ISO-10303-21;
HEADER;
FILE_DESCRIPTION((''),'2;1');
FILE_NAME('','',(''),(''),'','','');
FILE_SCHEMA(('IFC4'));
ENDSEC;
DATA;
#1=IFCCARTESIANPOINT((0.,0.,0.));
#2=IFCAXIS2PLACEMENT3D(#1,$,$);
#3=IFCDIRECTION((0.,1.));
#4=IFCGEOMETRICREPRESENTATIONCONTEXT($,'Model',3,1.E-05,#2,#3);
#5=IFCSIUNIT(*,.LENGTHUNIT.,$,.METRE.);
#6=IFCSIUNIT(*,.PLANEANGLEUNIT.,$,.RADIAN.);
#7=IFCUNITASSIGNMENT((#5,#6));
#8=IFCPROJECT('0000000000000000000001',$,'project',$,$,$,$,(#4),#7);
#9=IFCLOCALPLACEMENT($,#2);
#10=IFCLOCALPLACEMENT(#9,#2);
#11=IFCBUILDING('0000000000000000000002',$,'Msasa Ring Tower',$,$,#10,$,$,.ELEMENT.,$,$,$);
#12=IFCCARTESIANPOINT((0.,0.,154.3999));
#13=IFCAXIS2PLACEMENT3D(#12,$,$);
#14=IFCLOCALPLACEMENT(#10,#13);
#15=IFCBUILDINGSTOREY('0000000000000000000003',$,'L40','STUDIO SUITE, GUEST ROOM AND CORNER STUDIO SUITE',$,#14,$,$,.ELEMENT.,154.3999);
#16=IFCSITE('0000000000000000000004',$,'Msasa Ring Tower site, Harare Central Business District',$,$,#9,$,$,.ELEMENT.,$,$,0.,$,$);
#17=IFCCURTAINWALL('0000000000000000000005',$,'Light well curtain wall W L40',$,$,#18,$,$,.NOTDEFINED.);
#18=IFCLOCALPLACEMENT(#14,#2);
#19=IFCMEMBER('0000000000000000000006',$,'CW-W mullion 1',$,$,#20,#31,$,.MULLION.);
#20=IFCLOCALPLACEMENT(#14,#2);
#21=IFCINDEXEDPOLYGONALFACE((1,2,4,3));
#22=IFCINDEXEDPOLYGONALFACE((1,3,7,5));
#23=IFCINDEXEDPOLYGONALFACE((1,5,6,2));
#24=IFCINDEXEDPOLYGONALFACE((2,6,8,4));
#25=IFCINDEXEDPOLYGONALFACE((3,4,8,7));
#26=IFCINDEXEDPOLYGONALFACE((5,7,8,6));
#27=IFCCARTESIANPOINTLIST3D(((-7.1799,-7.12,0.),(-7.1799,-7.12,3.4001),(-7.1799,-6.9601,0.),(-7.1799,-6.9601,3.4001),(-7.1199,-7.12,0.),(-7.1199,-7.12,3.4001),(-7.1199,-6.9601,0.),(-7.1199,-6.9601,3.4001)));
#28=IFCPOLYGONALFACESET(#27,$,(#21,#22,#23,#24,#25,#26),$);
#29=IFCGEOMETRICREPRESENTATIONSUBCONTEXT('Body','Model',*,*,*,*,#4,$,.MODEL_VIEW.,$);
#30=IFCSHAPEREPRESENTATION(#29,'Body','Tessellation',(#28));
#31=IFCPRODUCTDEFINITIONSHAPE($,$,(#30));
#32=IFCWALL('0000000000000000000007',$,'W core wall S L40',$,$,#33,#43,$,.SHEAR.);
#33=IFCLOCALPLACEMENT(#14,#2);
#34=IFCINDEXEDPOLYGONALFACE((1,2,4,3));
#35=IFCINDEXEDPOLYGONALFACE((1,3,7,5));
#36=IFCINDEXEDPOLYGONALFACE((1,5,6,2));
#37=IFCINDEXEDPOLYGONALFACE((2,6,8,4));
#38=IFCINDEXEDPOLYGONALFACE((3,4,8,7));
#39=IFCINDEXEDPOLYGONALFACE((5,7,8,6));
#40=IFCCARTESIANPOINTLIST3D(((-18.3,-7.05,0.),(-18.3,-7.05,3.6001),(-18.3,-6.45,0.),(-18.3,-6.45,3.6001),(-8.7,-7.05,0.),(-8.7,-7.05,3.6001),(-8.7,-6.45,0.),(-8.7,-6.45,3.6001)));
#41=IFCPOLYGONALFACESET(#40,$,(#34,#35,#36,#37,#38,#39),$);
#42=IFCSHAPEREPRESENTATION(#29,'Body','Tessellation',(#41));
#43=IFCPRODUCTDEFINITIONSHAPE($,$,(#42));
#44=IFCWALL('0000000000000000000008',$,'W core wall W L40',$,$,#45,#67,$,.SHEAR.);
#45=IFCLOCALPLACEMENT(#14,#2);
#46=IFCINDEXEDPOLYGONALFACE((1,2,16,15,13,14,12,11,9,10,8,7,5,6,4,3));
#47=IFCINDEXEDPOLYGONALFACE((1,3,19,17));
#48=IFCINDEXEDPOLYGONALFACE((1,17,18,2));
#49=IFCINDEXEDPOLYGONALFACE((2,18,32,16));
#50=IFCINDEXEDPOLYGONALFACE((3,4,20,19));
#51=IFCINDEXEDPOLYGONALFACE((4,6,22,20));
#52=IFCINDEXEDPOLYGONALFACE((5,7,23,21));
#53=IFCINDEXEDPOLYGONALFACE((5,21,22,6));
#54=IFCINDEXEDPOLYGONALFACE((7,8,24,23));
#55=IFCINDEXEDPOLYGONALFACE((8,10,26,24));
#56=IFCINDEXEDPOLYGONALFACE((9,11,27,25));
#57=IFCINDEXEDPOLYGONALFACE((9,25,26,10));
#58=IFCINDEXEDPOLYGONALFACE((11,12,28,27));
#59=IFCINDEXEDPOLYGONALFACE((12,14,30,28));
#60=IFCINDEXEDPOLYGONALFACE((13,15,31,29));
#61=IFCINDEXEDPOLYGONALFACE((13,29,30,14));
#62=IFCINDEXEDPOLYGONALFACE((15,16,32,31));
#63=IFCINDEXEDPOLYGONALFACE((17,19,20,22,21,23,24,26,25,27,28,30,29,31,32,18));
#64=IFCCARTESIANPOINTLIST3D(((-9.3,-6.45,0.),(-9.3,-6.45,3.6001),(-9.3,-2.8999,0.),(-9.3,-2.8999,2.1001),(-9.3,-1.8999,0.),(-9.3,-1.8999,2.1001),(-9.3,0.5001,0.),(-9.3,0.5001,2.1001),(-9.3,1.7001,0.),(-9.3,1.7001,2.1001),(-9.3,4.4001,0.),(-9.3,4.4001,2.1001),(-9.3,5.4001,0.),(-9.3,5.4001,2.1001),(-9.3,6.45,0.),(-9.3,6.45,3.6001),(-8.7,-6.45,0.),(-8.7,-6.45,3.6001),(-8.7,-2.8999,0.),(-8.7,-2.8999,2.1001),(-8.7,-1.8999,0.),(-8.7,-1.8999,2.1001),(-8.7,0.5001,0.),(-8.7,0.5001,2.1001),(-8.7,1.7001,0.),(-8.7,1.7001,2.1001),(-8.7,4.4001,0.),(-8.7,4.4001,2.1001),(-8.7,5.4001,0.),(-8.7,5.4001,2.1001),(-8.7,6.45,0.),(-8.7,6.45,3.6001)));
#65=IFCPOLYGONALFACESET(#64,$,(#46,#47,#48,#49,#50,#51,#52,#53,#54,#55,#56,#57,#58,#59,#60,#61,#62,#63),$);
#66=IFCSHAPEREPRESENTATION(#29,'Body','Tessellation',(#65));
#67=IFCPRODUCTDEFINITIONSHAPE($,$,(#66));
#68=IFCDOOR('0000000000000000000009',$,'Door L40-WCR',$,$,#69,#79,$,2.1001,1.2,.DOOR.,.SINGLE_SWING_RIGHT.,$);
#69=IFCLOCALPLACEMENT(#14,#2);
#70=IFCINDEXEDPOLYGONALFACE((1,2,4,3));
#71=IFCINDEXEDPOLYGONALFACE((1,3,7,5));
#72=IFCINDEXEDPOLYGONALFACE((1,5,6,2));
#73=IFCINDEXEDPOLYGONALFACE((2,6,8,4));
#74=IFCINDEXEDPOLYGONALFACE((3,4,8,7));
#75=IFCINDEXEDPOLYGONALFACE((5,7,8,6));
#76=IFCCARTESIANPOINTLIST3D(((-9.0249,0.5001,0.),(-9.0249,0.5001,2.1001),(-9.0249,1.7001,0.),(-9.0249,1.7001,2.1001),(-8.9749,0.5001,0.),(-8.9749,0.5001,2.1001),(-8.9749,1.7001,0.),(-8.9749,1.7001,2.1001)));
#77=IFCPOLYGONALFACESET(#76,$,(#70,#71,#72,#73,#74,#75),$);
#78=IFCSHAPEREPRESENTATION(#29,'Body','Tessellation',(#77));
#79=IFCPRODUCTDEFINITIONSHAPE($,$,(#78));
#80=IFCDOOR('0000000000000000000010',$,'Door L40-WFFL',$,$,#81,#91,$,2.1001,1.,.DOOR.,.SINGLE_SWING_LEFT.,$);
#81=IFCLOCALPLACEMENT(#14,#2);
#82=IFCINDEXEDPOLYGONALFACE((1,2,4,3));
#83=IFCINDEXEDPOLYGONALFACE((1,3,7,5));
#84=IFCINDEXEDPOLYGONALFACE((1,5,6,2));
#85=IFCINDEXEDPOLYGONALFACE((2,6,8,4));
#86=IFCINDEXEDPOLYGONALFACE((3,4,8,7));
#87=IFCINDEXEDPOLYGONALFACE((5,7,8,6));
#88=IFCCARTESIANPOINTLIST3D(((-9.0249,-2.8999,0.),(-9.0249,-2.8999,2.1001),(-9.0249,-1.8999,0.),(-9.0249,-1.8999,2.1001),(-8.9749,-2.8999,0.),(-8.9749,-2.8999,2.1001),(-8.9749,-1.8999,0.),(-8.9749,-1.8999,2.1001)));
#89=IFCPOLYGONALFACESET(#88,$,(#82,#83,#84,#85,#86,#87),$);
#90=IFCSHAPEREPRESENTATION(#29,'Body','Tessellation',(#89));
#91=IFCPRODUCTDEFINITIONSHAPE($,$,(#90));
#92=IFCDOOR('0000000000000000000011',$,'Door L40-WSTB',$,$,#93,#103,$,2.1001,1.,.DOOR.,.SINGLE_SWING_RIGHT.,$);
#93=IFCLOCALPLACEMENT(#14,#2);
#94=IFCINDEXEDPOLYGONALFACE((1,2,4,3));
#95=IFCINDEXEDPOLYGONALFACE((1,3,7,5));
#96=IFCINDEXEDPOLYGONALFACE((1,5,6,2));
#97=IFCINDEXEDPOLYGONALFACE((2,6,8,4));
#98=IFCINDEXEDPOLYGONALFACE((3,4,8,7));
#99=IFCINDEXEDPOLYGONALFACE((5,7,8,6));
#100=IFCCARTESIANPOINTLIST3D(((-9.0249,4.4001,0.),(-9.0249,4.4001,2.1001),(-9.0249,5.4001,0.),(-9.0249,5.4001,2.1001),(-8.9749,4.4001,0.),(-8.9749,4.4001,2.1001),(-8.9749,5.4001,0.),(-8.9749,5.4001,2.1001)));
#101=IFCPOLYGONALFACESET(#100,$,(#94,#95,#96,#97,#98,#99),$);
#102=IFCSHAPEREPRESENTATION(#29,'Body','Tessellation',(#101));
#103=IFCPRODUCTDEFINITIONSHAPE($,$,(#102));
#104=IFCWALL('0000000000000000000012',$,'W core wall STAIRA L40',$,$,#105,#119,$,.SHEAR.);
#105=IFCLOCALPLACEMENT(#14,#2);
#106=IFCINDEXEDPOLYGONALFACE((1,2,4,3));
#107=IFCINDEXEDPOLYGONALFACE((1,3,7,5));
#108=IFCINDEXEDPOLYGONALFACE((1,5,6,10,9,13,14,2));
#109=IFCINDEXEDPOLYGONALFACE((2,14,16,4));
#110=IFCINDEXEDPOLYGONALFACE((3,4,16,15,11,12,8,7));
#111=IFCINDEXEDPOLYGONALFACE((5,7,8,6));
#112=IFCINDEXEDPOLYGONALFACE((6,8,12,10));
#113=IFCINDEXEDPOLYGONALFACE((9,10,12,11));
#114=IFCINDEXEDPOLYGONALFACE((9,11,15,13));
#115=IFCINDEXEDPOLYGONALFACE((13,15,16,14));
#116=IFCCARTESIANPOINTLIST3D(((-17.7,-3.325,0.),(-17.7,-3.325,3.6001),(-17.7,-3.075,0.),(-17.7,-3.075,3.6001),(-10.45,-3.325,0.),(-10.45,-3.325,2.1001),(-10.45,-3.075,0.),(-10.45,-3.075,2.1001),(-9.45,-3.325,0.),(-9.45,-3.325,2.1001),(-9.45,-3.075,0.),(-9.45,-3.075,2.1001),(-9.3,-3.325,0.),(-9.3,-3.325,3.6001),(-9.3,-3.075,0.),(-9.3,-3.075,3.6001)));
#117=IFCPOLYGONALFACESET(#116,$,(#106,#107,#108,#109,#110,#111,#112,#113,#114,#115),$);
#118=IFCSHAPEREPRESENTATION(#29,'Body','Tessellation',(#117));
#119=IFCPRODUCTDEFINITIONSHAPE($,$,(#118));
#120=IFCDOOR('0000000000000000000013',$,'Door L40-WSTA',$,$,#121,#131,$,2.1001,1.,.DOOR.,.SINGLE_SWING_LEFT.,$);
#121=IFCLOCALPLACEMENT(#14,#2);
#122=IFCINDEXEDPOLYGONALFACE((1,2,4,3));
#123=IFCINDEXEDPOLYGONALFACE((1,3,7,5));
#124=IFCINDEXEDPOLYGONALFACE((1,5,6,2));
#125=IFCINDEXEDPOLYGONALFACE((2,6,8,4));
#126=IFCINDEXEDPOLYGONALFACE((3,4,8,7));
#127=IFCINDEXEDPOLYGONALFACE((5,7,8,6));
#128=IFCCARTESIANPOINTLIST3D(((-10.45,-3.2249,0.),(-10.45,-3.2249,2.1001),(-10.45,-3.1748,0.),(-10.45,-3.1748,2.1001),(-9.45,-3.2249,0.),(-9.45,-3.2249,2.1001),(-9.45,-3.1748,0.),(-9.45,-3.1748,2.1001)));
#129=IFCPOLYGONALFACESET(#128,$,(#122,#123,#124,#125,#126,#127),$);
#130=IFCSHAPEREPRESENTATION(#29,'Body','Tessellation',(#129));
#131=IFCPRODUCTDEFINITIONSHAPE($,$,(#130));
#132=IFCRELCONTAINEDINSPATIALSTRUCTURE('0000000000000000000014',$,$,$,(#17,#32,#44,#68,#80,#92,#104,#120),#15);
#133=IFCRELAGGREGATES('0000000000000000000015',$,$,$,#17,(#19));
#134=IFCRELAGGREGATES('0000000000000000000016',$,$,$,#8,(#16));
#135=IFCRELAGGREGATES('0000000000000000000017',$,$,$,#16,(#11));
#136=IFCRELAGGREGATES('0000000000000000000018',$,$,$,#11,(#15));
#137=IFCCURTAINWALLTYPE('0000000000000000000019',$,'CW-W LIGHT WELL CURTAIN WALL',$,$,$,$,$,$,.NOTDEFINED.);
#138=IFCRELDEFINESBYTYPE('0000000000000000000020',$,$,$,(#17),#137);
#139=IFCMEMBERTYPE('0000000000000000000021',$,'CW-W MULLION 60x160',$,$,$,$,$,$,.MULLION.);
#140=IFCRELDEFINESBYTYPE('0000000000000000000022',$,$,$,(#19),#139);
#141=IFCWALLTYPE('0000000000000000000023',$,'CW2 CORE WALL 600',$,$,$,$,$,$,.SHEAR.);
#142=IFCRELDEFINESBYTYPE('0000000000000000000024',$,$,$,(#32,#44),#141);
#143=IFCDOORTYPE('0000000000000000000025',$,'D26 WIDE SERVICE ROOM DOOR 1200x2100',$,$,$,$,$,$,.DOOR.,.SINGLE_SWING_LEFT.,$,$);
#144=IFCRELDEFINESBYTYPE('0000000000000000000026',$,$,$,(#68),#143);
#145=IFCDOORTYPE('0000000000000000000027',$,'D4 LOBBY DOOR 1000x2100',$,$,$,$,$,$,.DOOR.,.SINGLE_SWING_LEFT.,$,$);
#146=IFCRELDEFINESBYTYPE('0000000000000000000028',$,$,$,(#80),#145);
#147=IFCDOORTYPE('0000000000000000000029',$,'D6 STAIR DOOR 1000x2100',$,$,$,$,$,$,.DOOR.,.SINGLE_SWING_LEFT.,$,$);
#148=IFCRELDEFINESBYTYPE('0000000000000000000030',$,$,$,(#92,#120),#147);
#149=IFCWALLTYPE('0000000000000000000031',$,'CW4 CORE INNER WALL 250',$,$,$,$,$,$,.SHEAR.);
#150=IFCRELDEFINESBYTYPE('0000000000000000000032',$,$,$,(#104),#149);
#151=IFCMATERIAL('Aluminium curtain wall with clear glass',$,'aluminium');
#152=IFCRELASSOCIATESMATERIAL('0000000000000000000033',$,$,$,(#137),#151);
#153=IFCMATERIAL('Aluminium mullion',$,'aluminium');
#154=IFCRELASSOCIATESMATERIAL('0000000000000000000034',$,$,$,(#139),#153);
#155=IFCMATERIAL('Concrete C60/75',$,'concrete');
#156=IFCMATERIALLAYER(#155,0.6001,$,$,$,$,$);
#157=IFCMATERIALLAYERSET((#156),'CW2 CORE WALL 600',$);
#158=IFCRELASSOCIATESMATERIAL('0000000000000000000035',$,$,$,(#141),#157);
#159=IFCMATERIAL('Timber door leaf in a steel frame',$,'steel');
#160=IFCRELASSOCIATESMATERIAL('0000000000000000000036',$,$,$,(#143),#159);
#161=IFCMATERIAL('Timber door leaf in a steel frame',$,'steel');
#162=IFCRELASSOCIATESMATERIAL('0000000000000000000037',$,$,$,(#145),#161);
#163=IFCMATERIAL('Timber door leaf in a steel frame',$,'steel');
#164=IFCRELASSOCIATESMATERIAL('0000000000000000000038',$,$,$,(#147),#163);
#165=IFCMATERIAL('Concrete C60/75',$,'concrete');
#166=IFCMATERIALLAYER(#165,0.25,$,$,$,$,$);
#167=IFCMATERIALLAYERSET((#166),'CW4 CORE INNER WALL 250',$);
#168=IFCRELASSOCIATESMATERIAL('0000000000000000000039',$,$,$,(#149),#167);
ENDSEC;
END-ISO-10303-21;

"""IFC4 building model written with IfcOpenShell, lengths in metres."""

from ifc_helpers import new_model, si_unit, direction, frame, frame_2d, origin, origin_2d, place, context, subcontext, project, spatial, rectangle, extrude, material, layer, layer_set, material_profile, profile_set, type_object, element, fill, aggregate, save


model = new_model("IFC4")

# Units and contexts
model_context = context("Model", 3, precision=1e-05, world=origin(), true_north=direction((0.0, 1.0)))
body_context = subcontext(model_context, "Body", "Model", "MODEL_VIEW")
ifc_project = project(units=[si_unit("LENGTHUNIT", "METRE"), si_unit("PLANEANGLEUNIT", "RADIAN")], contexts=[model_context])

# Site, building, storey
site_placement = place(None, origin())
site = spatial("IfcSite", under=ifc_project, at=site_placement, Name="Msasa Ring Tower site, Harare Central Business District", CompositionType="ELEMENT", RefElevation=0.0)
building_placement = place(site_placement, origin())
building = spatial("IfcBuilding", under=site, at=building_placement, Name="Msasa Ring Tower", CompositionType="ELEMENT")
storey_placement = place(building_placement, frame((0.0, 0.0, 154.3999)))
storey = spatial("IfcBuildingStorey", under=building, at=storey_placement, Name="L40", Description="STUDIO SUITE, GUEST ROOM AND CORNER STUDIO SUITE", CompositionType="ELEMENT", Elevation=154.3999)

# Curtain wall, member
ifc_material_1 = material(Name="Aluminium curtain wall with clear glass", Category="aluminium")
curtain_wall_type = type_object("IfcCurtainWallType", Name="CW-W LIGHT WELL CURTAIN WALL", PredefinedType="NOTDEFINED", material=ifc_material_1)
curtain_wall_placement = place(storey_placement, origin())
curtain_wall = element("IfcCurtainWall", 1, at=curtain_wall_placement, inside=storey, type_object=curtain_wall_type, Name="Light well curtain wall W L40", PredefinedType="NOTDEFINED")
ifc_material_2 = material(Name="Aluminium mullion", Category="aluminium")
ifc_material_profile = material_profile(ifc_material_2, rectangle(XDim=0.0601, YDim=0.1599, at=origin_2d()), Name="AL 60x160")
ifc_profile_set = profile_set([ifc_material_profile], Name="Aluminium mullion")
member_type = type_object("IfcMemberType", Name="CW-W MULLION 60x160", PredefinedType="MULLION", material=ifc_profile_set)
member_placement = place(storey_placement, frame((-7.1499, -7.04, 0.0), z_axis=(0.0, 0.0, 1.0), x_axis=(-1.0, 0.0, 0.0)))
member = element("IfcMember", 2, at=member_placement, type_object=member_type, Name="CW-W mullion 1", PredefinedType="MULLION", context=body_context, shape_type="SweptSolid", body=[
    extrude(rectangle(XDim=0.0601, YDim=0.1599, at=origin_2d()), origin(), (0.0, 0.0, 1.0), 3.4001),
])
aggregate(curtain_wall, [member])

# Wall
ifc_material_3 = material(Name="Concrete C60/75", Category="concrete")
ifc_layer_1 = layer(ifc_material_3, 0.6001)
ifc_layer_set_1 = layer_set([ifc_layer_1], Name="CW2 CORE WALL 600")
wall_type_1 = type_object("IfcWallType", Name="CW2 CORE WALL 600", PredefinedType="SHEAR", material=ifc_layer_set_1)
wall_1_placement = place(storey_placement, frame((-8.7, -6.75, 0.0), z_axis=(0.0, 0.0, 1.0), x_axis=(-1.0, 0.0, 0.0)))
element("IfcWall", 3, at=wall_1_placement, inside=storey, type_object=wall_type_1, Name="W core wall S L40", PredefinedType="SHEAR", context=body_context, shape_type="SweptSolid", body=[
    extrude(rectangle(XDim=9.6001, YDim=0.6001, at=frame_2d((4.8, 0.0))), origin(), (0.0, 0.0, 1.0), 3.6001),
])

# Wall, openings, doors
wall_2_placement = place(storey_placement, frame((-9.0, -6.45, 0.0), z_axis=(0.0, 0.0, 1.0), x_axis=(0.0, 1.0, 0.0)))
wall_2 = element("IfcWall", 4, at=wall_2_placement, inside=storey, type_object=wall_type_1, Name="W core wall W L40", PredefinedType="SHEAR", context=body_context, shape_type="SweptSolid", body=[
    extrude(rectangle(XDim=12.8999, YDim=0.6001, at=frame_2d((6.45, 0.0))), origin(), (0.0, 0.0, 1.0), 3.6001),
])
opening_1_placement = place(wall_2_placement, frame((3.55, 0.0, 0.0)))
opening_1 = element("IfcOpeningElement", 5, at=opening_1_placement, cuts=wall_2, PredefinedType="OPENING", context=body_context, shape_type="SweptSolid", body=[
    extrude(rectangle(XDim=1.0, YDim=2.1001, at=frame_2d((0.5, 1.05))), frame((0.0, 0.3101, 0.0), z_axis=(0.0, -1.0, 0.0), x_axis=(1.0, 0.0, 0.0)), (0.0, 0.0, 1.0), 0.6201),
])
opening_2_placement = place(wall_2_placement, frame((6.95, 0.0, 0.0)))
opening_2 = element("IfcOpeningElement", 6, at=opening_2_placement, cuts=wall_2, PredefinedType="OPENING", context=body_context, shape_type="SweptSolid", body=[
    extrude(rectangle(XDim=1.2, YDim=2.1001, at=frame_2d((0.6001, 1.05))), frame((0.0, 0.3101, 0.0), z_axis=(0.0, -1.0, 0.0), x_axis=(1.0, 0.0, 0.0)), (0.0, 0.0, 1.0), 0.6201),
])
opening_3_placement = place(wall_2_placement, frame((10.8501, 0.0, 0.0)))
opening_3 = element("IfcOpeningElement", 7, at=opening_3_placement, cuts=wall_2, PredefinedType="OPENING", context=body_context, shape_type="SweptSolid", body=[
    extrude(rectangle(XDim=1.0, YDim=2.1001, at=frame_2d((0.5, 1.05))), frame((0.0, 0.3101, 0.0), z_axis=(0.0, -1.0, 0.0), x_axis=(1.0, 0.0, 0.0)), (0.0, 0.0, 1.0), 0.6201),
])
ifc_material_4 = material(Name="Timber door leaf in a steel frame", Category="steel")
door_type_1 = type_object("IfcDoorType", Name="D26 WIDE SERVICE ROOM DOOR 1200x2100", OperationType="SINGLE_SWING_LEFT", PredefinedType="DOOR", material=ifc_material_4)
door_1_placement = place(opening_2_placement, origin())
door_1 = element("IfcDoor", 8, at=door_1_placement, inside=storey, type_object=door_type_1, Name="Door L40-WCR", OperationType="SINGLE_SWING_RIGHT", OverallHeight=2.1001, OverallWidth=1.2, PredefinedType="DOOR", context=body_context, shape_type="SweptSolid", body=[
    extrude(rectangle(XDim=1.2, YDim=2.1001, at=frame_2d((0.6001, 1.05))), frame((0.0, 0.0249, 0.0), z_axis=(0.0, -1.0, 0.0), x_axis=(1.0, 0.0, 0.0)), (0.0, 0.0, 1.0), 0.05),
])
fill(opening_2, door_1)
ifc_material_5 = material(Name="Timber door leaf in a steel frame", Category="steel")
door_type_2 = type_object("IfcDoorType", Name="D4 LOBBY DOOR 1000x2100", OperationType="SINGLE_SWING_LEFT", PredefinedType="DOOR", material=ifc_material_5)
door_2_placement = place(opening_1_placement, origin())
door_2 = element("IfcDoor", 9, at=door_2_placement, inside=storey, type_object=door_type_2, Name="Door L40-WFFL", OperationType="SINGLE_SWING_LEFT", OverallHeight=2.1001, OverallWidth=1.0, PredefinedType="DOOR", context=body_context, shape_type="SweptSolid", body=[
    extrude(rectangle(XDim=1.0, YDim=2.1001, at=frame_2d((0.5, 1.05))), frame((0.0, 0.0249, 0.0), z_axis=(0.0, -1.0, 0.0), x_axis=(1.0, 0.0, 0.0)), (0.0, 0.0, 1.0), 0.05),
])
fill(opening_1, door_2)
ifc_material_6 = material(Name="Timber door leaf in a steel frame", Category="steel")
door_type_3 = type_object("IfcDoorType", Name="D6 STAIR DOOR 1000x2100", OperationType="SINGLE_SWING_LEFT", PredefinedType="DOOR", material=ifc_material_6)
door_3_placement = place(opening_3_placement, origin())
door_3 = element("IfcDoor", 10, at=door_3_placement, inside=storey, type_object=door_type_3, Name="Door L40-WSTB", OperationType="SINGLE_SWING_RIGHT", OverallHeight=2.1001, OverallWidth=1.0, PredefinedType="DOOR", context=body_context, shape_type="SweptSolid", body=[
    extrude(rectangle(XDim=1.0, YDim=2.1001, at=frame_2d((0.5, 1.05))), frame((0.0, 0.0249, 0.0), z_axis=(0.0, -1.0, 0.0), x_axis=(1.0, 0.0, 0.0)), (0.0, 0.0, 1.0), 0.05),
])
fill(opening_3, door_3)

# Wall, opening, door
ifc_material_7 = material(Name="Concrete C60/75", Category="concrete")
ifc_layer_2 = layer(ifc_material_7, 0.25)
ifc_layer_set_2 = layer_set([ifc_layer_2], Name="CW4 CORE INNER WALL 250")
wall_type_2 = type_object("IfcWallType", Name="CW4 CORE INNER WALL 250", PredefinedType="SHEAR", material=ifc_layer_set_2)
wall_3_placement = place(storey_placement, frame((-9.3, -3.2, 0.0), z_axis=(0.0, 0.0, 1.0), x_axis=(-1.0, 0.0, 0.0)))
wall_3 = element("IfcWall", 11, at=wall_3_placement, inside=storey, type_object=wall_type_2, Name="W core wall STAIRA L40", PredefinedType="SHEAR", context=body_context, shape_type="SweptSolid", body=[
    extrude(rectangle(XDim=8.3999, YDim=0.25, at=frame_2d((4.2, 0.0))), origin(), (0.0, 0.0, 1.0), 3.6001),
])
opening_4_placement = place(wall_3_placement, frame((0.1499, 0.0, 0.0)))
opening_4 = element("IfcOpeningElement", 12, at=opening_4_placement, cuts=wall_3, PredefinedType="OPENING", context=body_context, shape_type="SweptSolid", body=[
    extrude(rectangle(XDim=1.0, YDim=2.1001, at=frame_2d((0.5, 1.05))), frame((0.0, 0.135, 0.0), z_axis=(0.0, -1.0, 0.0), x_axis=(1.0, 0.0, 0.0)), (0.0, 0.0, 1.0), 0.27),
])
door_4_placement = place(opening_4_placement, origin())
door_4 = element("IfcDoor", 13, at=door_4_placement, inside=storey, type_object=door_type_3, Name="Door L40-WSTA", OperationType="SINGLE_SWING_LEFT", OverallHeight=2.1001, OverallWidth=1.0, PredefinedType="DOOR", context=body_context, shape_type="SweptSolid", body=[
    extrude(rectangle(XDim=1.0, YDim=2.1001, at=frame_2d((0.5, 1.05))), frame((0.0, 0.0249, 0.0), z_axis=(0.0, -1.0, 0.0), x_axis=(1.0, 0.0, 0.0)), (0.0, 0.0, 1.0), 0.05),
])
fill(opening_4, door_4)

save(model, "model.ifc")
